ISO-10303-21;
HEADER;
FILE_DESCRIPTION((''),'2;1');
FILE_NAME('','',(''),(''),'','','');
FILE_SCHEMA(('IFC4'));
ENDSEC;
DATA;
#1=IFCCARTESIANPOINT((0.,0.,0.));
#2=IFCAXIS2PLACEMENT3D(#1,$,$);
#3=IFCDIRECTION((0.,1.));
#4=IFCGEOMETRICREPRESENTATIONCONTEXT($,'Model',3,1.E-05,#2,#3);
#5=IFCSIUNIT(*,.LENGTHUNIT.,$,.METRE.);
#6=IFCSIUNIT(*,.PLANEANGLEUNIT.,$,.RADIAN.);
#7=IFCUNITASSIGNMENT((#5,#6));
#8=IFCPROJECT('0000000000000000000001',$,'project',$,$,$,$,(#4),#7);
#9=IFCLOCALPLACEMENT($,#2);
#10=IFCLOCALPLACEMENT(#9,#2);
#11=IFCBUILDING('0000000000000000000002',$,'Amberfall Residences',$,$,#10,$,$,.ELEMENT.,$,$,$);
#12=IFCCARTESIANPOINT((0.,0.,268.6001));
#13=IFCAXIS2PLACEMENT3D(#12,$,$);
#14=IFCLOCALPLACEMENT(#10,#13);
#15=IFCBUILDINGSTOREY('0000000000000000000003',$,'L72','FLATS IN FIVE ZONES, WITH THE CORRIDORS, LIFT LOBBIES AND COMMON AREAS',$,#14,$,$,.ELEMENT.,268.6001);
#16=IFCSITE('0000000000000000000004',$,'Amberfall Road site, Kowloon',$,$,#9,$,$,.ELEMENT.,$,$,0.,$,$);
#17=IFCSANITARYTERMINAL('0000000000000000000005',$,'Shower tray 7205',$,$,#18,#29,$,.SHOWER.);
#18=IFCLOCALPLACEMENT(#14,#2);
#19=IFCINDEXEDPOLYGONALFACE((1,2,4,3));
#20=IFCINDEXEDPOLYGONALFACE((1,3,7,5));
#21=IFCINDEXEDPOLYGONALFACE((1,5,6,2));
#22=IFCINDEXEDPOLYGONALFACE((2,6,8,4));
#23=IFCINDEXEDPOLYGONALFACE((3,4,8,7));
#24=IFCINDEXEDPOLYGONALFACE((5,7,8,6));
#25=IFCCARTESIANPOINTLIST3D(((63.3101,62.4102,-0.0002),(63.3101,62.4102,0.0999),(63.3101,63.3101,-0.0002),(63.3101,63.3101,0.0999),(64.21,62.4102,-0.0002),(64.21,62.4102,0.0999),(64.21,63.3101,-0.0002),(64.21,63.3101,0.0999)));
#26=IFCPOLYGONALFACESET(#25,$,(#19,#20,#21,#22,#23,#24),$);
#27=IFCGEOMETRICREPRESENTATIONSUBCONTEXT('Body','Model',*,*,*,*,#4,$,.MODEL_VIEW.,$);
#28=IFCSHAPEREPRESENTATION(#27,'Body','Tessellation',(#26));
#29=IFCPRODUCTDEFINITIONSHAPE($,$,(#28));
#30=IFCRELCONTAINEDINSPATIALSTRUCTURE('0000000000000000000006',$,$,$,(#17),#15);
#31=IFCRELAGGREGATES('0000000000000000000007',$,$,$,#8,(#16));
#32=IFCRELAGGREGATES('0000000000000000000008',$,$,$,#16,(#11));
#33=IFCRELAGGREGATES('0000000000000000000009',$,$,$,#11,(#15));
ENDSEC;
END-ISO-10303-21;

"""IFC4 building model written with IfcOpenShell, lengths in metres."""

from ifc_helpers import new_model, si_unit, direction, frame, origin, origin_2d, place, context, subcontext, project, spatial, rectangle, extrude, element, save


model = new_model("IFC4")

# Units and contexts
model_context = context("Model", 3, precision=1e-05, world=origin(), true_north=direction((0.0, 1.0)))
body_context = subcontext(model_context, "Body", "Model", "MODEL_VIEW")
ifc_project = project(units=[si_unit("LENGTHUNIT", "METRE"), si_unit("PLANEANGLEUNIT", "RADIAN")], contexts=[model_context])

# Site, building, storey
site_placement = place(None, origin())
site = spatial("IfcSite", under=ifc_project, at=site_placement, Name="Amberfall Road site, Kowloon", CompositionType="ELEMENT", RefElevation=0.0)
building_placement = place(site_placement, origin())
building = spatial("IfcBuilding", under=site, at=building_placement, Name="Amberfall Residences", CompositionType="ELEMENT")
storey_placement = place(building_placement, frame((0.0, 0.0, 268.6001)))
storey = spatial("IfcBuildingStorey", under=building, at=storey_placement, Name="L72", Description="FLATS IN FIVE ZONES, WITH THE CORRIDORS, LIFT LOBBIES AND COMMON AREAS", CompositionType="ELEMENT", Elevation=268.6001)

# Sanitary terminal
sanitary_terminal_1_placement = place(storey_placement, frame((63.76, 62.8601, -0.0002), z_axis=(0.0, 0.0, 1.0), x_axis=(1.0, 0.0, 0.0)))
element("IfcSanitaryTerminal", 1, at=sanitary_terminal_1_placement, inside=storey, Name="Shower tray 7205", PredefinedType="SHOWER", context=body_context, shape_type="SweptSolid", body=[
    extrude(rectangle(XDim=0.8999, YDim=0.8999, at=origin_2d()), origin(), (0.0, 0.0, 1.0), 0.1001),
])

save(model, "model.ifc")
